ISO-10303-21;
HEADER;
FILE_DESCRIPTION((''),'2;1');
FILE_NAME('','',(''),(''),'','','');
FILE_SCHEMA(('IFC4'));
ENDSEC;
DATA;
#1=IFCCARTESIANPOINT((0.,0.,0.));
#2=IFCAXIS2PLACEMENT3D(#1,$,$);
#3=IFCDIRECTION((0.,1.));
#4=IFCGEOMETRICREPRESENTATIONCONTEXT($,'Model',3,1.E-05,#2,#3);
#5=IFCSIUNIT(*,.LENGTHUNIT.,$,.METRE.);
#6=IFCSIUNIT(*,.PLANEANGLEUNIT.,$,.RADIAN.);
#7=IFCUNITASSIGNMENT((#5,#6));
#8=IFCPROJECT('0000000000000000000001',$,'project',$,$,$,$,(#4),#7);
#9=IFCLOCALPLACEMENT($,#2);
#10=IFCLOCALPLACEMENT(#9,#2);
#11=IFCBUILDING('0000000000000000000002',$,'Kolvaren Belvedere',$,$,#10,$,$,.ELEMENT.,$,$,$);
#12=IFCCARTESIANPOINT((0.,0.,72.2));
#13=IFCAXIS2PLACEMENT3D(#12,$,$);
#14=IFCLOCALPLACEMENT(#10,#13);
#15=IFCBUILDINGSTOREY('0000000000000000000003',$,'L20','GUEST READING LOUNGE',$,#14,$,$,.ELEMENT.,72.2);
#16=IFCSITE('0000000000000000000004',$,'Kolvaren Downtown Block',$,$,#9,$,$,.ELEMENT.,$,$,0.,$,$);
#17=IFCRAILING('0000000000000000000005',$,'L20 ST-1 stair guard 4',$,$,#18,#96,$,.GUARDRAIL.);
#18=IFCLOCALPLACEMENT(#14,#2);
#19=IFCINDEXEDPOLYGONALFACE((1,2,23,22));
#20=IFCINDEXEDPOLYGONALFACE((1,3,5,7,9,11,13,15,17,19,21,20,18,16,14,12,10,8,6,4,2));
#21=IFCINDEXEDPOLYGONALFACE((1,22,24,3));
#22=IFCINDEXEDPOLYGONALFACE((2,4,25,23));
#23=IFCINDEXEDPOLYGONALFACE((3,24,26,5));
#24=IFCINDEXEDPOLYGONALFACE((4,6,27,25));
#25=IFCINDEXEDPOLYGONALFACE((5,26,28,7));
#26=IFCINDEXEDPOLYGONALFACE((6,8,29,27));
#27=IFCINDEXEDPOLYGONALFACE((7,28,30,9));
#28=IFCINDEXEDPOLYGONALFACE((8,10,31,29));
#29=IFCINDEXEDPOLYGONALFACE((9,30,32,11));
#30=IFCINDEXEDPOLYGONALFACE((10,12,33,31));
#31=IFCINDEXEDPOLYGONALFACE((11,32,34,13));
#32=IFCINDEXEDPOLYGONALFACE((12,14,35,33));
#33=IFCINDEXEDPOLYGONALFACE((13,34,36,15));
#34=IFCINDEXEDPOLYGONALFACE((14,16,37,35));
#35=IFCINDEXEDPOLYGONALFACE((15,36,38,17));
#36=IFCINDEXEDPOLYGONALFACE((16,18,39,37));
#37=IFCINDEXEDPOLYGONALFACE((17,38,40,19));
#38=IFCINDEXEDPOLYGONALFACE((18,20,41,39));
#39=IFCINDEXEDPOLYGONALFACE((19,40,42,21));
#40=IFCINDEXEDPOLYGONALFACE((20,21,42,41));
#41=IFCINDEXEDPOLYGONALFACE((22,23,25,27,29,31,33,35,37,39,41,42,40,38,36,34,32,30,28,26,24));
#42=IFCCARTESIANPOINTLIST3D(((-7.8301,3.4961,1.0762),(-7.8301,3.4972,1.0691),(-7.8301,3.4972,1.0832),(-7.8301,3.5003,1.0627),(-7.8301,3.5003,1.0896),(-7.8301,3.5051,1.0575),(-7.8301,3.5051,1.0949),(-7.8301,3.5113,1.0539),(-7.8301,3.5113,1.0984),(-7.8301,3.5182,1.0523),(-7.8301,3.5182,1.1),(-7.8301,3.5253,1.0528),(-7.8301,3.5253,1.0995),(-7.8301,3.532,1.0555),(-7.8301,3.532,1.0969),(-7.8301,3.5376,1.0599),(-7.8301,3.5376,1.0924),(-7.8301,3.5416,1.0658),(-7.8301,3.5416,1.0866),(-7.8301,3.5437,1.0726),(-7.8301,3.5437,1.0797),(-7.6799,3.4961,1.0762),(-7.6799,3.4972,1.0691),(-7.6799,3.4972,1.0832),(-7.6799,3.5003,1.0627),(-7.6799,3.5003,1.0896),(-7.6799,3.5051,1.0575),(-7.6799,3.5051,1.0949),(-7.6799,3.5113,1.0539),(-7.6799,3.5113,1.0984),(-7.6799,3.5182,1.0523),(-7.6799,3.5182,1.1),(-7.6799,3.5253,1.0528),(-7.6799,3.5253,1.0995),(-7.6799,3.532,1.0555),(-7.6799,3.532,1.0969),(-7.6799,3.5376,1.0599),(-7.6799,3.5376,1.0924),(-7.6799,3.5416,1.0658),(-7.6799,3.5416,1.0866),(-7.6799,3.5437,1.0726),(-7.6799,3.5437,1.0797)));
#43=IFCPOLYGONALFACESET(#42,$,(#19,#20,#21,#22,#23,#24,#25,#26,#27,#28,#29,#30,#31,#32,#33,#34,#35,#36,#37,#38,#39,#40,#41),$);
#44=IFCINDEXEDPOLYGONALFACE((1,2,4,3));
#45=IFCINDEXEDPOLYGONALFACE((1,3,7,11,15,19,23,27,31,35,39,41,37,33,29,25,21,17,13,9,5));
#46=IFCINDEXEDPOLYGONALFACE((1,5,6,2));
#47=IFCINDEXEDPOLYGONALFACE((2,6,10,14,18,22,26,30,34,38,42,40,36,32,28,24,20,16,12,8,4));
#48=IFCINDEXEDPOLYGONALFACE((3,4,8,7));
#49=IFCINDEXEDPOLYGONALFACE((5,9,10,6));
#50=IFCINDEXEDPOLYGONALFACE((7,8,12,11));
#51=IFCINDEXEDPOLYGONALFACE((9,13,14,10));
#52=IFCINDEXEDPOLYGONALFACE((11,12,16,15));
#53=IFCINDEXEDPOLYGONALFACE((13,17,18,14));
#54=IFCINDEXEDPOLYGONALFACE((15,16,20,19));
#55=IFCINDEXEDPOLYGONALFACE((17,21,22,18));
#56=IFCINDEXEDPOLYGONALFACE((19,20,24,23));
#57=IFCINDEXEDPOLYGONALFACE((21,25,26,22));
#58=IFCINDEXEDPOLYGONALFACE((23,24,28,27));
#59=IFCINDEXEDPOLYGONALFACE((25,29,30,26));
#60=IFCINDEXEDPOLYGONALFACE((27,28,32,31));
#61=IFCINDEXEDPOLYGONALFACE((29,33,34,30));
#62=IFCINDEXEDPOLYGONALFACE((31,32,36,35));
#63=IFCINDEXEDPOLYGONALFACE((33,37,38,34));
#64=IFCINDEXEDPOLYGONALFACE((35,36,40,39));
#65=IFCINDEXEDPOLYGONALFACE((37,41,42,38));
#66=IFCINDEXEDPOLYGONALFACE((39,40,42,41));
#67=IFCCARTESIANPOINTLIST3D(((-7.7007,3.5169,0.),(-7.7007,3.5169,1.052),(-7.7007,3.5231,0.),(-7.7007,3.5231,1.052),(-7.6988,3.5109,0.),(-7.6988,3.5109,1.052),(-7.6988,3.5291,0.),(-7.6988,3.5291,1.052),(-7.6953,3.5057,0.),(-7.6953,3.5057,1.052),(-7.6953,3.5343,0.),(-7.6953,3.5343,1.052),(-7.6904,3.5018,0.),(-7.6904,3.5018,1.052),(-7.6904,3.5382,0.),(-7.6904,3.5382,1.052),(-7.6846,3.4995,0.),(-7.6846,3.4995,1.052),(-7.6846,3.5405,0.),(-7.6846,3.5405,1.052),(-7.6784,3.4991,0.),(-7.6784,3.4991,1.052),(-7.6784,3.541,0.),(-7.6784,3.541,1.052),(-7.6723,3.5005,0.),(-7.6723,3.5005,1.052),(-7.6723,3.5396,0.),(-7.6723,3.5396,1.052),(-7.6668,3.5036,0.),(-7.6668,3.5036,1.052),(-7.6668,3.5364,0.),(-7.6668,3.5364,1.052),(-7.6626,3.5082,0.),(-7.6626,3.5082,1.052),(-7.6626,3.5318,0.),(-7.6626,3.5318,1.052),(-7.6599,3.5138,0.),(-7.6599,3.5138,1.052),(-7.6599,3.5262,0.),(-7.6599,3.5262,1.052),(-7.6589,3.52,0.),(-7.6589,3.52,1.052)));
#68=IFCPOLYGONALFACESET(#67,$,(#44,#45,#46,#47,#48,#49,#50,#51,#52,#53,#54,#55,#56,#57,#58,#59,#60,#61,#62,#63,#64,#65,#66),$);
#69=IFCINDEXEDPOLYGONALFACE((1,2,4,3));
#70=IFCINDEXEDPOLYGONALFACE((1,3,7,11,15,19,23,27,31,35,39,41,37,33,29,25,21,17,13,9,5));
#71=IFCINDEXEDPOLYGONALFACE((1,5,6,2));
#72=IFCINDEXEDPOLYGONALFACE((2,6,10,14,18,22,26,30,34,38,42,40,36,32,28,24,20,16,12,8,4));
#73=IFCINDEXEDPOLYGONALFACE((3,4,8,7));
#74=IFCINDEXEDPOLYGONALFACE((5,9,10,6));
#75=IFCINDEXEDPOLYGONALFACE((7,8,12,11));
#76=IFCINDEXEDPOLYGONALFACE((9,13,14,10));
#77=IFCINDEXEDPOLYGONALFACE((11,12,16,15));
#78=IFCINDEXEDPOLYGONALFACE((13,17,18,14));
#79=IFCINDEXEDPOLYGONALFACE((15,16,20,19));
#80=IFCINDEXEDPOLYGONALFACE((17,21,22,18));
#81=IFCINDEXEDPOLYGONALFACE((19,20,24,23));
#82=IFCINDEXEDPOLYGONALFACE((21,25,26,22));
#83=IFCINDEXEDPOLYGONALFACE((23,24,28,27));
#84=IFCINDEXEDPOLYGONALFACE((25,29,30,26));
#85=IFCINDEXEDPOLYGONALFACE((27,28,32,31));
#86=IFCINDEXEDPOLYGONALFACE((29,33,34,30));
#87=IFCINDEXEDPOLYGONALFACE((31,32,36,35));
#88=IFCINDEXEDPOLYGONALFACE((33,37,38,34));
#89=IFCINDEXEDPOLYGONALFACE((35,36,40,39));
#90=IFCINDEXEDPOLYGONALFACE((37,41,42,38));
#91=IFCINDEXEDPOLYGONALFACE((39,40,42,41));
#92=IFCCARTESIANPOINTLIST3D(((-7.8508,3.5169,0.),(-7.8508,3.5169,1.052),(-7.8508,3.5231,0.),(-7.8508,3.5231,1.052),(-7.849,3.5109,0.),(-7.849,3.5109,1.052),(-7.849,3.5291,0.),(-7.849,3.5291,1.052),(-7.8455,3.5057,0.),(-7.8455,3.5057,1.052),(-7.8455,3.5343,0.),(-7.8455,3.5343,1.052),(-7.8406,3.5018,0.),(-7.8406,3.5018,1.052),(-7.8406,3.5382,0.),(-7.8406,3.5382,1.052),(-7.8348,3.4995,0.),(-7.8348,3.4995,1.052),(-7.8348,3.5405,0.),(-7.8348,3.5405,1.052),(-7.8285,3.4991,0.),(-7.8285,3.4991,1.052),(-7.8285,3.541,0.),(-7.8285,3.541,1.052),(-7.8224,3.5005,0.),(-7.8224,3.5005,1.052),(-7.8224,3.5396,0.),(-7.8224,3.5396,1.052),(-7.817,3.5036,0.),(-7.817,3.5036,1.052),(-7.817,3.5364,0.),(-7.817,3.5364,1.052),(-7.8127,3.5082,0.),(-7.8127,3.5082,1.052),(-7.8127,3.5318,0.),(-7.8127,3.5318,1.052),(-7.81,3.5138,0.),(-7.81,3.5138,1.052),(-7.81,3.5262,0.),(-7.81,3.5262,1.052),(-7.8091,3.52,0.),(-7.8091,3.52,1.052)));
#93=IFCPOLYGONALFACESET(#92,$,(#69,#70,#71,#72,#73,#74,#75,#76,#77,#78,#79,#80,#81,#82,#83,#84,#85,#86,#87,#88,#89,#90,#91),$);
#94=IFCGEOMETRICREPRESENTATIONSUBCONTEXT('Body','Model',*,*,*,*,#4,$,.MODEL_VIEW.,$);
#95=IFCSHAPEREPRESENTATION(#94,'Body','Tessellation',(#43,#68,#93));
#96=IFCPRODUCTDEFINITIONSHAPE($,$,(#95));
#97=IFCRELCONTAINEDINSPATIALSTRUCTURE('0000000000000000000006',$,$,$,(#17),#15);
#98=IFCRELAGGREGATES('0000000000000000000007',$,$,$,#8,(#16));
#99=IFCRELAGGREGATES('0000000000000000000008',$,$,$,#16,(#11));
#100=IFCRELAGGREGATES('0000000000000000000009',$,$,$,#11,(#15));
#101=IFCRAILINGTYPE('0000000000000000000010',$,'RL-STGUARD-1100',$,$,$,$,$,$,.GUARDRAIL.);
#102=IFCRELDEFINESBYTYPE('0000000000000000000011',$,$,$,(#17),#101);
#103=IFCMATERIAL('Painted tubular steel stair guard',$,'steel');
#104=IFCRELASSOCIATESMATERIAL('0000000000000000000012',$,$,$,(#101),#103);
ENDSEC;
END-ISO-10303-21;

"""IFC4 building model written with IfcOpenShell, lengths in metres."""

from ifc_helpers import new_model, si_unit, direction, frame, origin, origin_2d, place, context, subcontext, project, spatial, circle, extrude, material, type_object, element, save


model = new_model("IFC4")

# Units and contexts
model_context = context("Model", 3, precision=1e-05, world=origin(), true_north=direction((0.0, 1.0)))
body_context = subcontext(model_context, "Body", "Model", "MODEL_VIEW")
ifc_project = project(units=[si_unit("LENGTHUNIT", "METRE"), si_unit("PLANEANGLEUNIT", "RADIAN")], contexts=[model_context])

# Site, building, storey
site_placement = place(None, origin())
site = spatial("IfcSite", under=ifc_project, at=site_placement, Name="Kolvaren Downtown Block", CompositionType="ELEMENT", RefElevation=0.0)
building_placement = place(site_placement, origin())
building = spatial("IfcBuilding", under=site, at=building_placement, Name="Kolvaren Belvedere", CompositionType="ELEMENT")
storey_placement = place(building_placement, frame((0.0, 0.0, 72.2)))
storey = spatial("IfcBuildingStorey", under=building, at=storey_placement, Name="L20", Description="GUEST READING LOUNGE", CompositionType="ELEMENT", Elevation=72.2)

# Railing
ifc_material_1 = material(Name="Painted tubular steel stair guard", Category="steel")
railing_type_1 = type_object("IfcRailingType", Name="RL-STGUARD-1100", PredefinedType="GUARDRAIL", material=ifc_material_1)
railing_1_placement = place(storey_placement, frame((-7.6799, 3.52, 0.0)))
element("IfcRailing", 1, at=railing_1_placement, inside=storey, type_object=railing_type_1, Name="L20 ST-1 stair guard 4", PredefinedType="GUARDRAIL", context=body_context, shape_type="SweptSolid", body=[
    extrude(circle(Radius=0.0239, at=origin_2d()), frame((0.0, 0.0, 1.0762), z_axis=(-1.0, 0.0, 0.0), x_axis=(0.0, -1.0, 0.0)), (0.0, 0.0, 1.0), 0.1501),
    extrude(circle(Radius=0.021, at=origin_2d()), origin(), (0.0, 0.0, 1.0), 1.052),
    extrude(circle(Radius=0.021, at=origin_2d()), frame((-0.1501, 0.0, 0.0)), (0.0, 0.0, 1.0), 1.052),
])

save(model, "model.ifc")
